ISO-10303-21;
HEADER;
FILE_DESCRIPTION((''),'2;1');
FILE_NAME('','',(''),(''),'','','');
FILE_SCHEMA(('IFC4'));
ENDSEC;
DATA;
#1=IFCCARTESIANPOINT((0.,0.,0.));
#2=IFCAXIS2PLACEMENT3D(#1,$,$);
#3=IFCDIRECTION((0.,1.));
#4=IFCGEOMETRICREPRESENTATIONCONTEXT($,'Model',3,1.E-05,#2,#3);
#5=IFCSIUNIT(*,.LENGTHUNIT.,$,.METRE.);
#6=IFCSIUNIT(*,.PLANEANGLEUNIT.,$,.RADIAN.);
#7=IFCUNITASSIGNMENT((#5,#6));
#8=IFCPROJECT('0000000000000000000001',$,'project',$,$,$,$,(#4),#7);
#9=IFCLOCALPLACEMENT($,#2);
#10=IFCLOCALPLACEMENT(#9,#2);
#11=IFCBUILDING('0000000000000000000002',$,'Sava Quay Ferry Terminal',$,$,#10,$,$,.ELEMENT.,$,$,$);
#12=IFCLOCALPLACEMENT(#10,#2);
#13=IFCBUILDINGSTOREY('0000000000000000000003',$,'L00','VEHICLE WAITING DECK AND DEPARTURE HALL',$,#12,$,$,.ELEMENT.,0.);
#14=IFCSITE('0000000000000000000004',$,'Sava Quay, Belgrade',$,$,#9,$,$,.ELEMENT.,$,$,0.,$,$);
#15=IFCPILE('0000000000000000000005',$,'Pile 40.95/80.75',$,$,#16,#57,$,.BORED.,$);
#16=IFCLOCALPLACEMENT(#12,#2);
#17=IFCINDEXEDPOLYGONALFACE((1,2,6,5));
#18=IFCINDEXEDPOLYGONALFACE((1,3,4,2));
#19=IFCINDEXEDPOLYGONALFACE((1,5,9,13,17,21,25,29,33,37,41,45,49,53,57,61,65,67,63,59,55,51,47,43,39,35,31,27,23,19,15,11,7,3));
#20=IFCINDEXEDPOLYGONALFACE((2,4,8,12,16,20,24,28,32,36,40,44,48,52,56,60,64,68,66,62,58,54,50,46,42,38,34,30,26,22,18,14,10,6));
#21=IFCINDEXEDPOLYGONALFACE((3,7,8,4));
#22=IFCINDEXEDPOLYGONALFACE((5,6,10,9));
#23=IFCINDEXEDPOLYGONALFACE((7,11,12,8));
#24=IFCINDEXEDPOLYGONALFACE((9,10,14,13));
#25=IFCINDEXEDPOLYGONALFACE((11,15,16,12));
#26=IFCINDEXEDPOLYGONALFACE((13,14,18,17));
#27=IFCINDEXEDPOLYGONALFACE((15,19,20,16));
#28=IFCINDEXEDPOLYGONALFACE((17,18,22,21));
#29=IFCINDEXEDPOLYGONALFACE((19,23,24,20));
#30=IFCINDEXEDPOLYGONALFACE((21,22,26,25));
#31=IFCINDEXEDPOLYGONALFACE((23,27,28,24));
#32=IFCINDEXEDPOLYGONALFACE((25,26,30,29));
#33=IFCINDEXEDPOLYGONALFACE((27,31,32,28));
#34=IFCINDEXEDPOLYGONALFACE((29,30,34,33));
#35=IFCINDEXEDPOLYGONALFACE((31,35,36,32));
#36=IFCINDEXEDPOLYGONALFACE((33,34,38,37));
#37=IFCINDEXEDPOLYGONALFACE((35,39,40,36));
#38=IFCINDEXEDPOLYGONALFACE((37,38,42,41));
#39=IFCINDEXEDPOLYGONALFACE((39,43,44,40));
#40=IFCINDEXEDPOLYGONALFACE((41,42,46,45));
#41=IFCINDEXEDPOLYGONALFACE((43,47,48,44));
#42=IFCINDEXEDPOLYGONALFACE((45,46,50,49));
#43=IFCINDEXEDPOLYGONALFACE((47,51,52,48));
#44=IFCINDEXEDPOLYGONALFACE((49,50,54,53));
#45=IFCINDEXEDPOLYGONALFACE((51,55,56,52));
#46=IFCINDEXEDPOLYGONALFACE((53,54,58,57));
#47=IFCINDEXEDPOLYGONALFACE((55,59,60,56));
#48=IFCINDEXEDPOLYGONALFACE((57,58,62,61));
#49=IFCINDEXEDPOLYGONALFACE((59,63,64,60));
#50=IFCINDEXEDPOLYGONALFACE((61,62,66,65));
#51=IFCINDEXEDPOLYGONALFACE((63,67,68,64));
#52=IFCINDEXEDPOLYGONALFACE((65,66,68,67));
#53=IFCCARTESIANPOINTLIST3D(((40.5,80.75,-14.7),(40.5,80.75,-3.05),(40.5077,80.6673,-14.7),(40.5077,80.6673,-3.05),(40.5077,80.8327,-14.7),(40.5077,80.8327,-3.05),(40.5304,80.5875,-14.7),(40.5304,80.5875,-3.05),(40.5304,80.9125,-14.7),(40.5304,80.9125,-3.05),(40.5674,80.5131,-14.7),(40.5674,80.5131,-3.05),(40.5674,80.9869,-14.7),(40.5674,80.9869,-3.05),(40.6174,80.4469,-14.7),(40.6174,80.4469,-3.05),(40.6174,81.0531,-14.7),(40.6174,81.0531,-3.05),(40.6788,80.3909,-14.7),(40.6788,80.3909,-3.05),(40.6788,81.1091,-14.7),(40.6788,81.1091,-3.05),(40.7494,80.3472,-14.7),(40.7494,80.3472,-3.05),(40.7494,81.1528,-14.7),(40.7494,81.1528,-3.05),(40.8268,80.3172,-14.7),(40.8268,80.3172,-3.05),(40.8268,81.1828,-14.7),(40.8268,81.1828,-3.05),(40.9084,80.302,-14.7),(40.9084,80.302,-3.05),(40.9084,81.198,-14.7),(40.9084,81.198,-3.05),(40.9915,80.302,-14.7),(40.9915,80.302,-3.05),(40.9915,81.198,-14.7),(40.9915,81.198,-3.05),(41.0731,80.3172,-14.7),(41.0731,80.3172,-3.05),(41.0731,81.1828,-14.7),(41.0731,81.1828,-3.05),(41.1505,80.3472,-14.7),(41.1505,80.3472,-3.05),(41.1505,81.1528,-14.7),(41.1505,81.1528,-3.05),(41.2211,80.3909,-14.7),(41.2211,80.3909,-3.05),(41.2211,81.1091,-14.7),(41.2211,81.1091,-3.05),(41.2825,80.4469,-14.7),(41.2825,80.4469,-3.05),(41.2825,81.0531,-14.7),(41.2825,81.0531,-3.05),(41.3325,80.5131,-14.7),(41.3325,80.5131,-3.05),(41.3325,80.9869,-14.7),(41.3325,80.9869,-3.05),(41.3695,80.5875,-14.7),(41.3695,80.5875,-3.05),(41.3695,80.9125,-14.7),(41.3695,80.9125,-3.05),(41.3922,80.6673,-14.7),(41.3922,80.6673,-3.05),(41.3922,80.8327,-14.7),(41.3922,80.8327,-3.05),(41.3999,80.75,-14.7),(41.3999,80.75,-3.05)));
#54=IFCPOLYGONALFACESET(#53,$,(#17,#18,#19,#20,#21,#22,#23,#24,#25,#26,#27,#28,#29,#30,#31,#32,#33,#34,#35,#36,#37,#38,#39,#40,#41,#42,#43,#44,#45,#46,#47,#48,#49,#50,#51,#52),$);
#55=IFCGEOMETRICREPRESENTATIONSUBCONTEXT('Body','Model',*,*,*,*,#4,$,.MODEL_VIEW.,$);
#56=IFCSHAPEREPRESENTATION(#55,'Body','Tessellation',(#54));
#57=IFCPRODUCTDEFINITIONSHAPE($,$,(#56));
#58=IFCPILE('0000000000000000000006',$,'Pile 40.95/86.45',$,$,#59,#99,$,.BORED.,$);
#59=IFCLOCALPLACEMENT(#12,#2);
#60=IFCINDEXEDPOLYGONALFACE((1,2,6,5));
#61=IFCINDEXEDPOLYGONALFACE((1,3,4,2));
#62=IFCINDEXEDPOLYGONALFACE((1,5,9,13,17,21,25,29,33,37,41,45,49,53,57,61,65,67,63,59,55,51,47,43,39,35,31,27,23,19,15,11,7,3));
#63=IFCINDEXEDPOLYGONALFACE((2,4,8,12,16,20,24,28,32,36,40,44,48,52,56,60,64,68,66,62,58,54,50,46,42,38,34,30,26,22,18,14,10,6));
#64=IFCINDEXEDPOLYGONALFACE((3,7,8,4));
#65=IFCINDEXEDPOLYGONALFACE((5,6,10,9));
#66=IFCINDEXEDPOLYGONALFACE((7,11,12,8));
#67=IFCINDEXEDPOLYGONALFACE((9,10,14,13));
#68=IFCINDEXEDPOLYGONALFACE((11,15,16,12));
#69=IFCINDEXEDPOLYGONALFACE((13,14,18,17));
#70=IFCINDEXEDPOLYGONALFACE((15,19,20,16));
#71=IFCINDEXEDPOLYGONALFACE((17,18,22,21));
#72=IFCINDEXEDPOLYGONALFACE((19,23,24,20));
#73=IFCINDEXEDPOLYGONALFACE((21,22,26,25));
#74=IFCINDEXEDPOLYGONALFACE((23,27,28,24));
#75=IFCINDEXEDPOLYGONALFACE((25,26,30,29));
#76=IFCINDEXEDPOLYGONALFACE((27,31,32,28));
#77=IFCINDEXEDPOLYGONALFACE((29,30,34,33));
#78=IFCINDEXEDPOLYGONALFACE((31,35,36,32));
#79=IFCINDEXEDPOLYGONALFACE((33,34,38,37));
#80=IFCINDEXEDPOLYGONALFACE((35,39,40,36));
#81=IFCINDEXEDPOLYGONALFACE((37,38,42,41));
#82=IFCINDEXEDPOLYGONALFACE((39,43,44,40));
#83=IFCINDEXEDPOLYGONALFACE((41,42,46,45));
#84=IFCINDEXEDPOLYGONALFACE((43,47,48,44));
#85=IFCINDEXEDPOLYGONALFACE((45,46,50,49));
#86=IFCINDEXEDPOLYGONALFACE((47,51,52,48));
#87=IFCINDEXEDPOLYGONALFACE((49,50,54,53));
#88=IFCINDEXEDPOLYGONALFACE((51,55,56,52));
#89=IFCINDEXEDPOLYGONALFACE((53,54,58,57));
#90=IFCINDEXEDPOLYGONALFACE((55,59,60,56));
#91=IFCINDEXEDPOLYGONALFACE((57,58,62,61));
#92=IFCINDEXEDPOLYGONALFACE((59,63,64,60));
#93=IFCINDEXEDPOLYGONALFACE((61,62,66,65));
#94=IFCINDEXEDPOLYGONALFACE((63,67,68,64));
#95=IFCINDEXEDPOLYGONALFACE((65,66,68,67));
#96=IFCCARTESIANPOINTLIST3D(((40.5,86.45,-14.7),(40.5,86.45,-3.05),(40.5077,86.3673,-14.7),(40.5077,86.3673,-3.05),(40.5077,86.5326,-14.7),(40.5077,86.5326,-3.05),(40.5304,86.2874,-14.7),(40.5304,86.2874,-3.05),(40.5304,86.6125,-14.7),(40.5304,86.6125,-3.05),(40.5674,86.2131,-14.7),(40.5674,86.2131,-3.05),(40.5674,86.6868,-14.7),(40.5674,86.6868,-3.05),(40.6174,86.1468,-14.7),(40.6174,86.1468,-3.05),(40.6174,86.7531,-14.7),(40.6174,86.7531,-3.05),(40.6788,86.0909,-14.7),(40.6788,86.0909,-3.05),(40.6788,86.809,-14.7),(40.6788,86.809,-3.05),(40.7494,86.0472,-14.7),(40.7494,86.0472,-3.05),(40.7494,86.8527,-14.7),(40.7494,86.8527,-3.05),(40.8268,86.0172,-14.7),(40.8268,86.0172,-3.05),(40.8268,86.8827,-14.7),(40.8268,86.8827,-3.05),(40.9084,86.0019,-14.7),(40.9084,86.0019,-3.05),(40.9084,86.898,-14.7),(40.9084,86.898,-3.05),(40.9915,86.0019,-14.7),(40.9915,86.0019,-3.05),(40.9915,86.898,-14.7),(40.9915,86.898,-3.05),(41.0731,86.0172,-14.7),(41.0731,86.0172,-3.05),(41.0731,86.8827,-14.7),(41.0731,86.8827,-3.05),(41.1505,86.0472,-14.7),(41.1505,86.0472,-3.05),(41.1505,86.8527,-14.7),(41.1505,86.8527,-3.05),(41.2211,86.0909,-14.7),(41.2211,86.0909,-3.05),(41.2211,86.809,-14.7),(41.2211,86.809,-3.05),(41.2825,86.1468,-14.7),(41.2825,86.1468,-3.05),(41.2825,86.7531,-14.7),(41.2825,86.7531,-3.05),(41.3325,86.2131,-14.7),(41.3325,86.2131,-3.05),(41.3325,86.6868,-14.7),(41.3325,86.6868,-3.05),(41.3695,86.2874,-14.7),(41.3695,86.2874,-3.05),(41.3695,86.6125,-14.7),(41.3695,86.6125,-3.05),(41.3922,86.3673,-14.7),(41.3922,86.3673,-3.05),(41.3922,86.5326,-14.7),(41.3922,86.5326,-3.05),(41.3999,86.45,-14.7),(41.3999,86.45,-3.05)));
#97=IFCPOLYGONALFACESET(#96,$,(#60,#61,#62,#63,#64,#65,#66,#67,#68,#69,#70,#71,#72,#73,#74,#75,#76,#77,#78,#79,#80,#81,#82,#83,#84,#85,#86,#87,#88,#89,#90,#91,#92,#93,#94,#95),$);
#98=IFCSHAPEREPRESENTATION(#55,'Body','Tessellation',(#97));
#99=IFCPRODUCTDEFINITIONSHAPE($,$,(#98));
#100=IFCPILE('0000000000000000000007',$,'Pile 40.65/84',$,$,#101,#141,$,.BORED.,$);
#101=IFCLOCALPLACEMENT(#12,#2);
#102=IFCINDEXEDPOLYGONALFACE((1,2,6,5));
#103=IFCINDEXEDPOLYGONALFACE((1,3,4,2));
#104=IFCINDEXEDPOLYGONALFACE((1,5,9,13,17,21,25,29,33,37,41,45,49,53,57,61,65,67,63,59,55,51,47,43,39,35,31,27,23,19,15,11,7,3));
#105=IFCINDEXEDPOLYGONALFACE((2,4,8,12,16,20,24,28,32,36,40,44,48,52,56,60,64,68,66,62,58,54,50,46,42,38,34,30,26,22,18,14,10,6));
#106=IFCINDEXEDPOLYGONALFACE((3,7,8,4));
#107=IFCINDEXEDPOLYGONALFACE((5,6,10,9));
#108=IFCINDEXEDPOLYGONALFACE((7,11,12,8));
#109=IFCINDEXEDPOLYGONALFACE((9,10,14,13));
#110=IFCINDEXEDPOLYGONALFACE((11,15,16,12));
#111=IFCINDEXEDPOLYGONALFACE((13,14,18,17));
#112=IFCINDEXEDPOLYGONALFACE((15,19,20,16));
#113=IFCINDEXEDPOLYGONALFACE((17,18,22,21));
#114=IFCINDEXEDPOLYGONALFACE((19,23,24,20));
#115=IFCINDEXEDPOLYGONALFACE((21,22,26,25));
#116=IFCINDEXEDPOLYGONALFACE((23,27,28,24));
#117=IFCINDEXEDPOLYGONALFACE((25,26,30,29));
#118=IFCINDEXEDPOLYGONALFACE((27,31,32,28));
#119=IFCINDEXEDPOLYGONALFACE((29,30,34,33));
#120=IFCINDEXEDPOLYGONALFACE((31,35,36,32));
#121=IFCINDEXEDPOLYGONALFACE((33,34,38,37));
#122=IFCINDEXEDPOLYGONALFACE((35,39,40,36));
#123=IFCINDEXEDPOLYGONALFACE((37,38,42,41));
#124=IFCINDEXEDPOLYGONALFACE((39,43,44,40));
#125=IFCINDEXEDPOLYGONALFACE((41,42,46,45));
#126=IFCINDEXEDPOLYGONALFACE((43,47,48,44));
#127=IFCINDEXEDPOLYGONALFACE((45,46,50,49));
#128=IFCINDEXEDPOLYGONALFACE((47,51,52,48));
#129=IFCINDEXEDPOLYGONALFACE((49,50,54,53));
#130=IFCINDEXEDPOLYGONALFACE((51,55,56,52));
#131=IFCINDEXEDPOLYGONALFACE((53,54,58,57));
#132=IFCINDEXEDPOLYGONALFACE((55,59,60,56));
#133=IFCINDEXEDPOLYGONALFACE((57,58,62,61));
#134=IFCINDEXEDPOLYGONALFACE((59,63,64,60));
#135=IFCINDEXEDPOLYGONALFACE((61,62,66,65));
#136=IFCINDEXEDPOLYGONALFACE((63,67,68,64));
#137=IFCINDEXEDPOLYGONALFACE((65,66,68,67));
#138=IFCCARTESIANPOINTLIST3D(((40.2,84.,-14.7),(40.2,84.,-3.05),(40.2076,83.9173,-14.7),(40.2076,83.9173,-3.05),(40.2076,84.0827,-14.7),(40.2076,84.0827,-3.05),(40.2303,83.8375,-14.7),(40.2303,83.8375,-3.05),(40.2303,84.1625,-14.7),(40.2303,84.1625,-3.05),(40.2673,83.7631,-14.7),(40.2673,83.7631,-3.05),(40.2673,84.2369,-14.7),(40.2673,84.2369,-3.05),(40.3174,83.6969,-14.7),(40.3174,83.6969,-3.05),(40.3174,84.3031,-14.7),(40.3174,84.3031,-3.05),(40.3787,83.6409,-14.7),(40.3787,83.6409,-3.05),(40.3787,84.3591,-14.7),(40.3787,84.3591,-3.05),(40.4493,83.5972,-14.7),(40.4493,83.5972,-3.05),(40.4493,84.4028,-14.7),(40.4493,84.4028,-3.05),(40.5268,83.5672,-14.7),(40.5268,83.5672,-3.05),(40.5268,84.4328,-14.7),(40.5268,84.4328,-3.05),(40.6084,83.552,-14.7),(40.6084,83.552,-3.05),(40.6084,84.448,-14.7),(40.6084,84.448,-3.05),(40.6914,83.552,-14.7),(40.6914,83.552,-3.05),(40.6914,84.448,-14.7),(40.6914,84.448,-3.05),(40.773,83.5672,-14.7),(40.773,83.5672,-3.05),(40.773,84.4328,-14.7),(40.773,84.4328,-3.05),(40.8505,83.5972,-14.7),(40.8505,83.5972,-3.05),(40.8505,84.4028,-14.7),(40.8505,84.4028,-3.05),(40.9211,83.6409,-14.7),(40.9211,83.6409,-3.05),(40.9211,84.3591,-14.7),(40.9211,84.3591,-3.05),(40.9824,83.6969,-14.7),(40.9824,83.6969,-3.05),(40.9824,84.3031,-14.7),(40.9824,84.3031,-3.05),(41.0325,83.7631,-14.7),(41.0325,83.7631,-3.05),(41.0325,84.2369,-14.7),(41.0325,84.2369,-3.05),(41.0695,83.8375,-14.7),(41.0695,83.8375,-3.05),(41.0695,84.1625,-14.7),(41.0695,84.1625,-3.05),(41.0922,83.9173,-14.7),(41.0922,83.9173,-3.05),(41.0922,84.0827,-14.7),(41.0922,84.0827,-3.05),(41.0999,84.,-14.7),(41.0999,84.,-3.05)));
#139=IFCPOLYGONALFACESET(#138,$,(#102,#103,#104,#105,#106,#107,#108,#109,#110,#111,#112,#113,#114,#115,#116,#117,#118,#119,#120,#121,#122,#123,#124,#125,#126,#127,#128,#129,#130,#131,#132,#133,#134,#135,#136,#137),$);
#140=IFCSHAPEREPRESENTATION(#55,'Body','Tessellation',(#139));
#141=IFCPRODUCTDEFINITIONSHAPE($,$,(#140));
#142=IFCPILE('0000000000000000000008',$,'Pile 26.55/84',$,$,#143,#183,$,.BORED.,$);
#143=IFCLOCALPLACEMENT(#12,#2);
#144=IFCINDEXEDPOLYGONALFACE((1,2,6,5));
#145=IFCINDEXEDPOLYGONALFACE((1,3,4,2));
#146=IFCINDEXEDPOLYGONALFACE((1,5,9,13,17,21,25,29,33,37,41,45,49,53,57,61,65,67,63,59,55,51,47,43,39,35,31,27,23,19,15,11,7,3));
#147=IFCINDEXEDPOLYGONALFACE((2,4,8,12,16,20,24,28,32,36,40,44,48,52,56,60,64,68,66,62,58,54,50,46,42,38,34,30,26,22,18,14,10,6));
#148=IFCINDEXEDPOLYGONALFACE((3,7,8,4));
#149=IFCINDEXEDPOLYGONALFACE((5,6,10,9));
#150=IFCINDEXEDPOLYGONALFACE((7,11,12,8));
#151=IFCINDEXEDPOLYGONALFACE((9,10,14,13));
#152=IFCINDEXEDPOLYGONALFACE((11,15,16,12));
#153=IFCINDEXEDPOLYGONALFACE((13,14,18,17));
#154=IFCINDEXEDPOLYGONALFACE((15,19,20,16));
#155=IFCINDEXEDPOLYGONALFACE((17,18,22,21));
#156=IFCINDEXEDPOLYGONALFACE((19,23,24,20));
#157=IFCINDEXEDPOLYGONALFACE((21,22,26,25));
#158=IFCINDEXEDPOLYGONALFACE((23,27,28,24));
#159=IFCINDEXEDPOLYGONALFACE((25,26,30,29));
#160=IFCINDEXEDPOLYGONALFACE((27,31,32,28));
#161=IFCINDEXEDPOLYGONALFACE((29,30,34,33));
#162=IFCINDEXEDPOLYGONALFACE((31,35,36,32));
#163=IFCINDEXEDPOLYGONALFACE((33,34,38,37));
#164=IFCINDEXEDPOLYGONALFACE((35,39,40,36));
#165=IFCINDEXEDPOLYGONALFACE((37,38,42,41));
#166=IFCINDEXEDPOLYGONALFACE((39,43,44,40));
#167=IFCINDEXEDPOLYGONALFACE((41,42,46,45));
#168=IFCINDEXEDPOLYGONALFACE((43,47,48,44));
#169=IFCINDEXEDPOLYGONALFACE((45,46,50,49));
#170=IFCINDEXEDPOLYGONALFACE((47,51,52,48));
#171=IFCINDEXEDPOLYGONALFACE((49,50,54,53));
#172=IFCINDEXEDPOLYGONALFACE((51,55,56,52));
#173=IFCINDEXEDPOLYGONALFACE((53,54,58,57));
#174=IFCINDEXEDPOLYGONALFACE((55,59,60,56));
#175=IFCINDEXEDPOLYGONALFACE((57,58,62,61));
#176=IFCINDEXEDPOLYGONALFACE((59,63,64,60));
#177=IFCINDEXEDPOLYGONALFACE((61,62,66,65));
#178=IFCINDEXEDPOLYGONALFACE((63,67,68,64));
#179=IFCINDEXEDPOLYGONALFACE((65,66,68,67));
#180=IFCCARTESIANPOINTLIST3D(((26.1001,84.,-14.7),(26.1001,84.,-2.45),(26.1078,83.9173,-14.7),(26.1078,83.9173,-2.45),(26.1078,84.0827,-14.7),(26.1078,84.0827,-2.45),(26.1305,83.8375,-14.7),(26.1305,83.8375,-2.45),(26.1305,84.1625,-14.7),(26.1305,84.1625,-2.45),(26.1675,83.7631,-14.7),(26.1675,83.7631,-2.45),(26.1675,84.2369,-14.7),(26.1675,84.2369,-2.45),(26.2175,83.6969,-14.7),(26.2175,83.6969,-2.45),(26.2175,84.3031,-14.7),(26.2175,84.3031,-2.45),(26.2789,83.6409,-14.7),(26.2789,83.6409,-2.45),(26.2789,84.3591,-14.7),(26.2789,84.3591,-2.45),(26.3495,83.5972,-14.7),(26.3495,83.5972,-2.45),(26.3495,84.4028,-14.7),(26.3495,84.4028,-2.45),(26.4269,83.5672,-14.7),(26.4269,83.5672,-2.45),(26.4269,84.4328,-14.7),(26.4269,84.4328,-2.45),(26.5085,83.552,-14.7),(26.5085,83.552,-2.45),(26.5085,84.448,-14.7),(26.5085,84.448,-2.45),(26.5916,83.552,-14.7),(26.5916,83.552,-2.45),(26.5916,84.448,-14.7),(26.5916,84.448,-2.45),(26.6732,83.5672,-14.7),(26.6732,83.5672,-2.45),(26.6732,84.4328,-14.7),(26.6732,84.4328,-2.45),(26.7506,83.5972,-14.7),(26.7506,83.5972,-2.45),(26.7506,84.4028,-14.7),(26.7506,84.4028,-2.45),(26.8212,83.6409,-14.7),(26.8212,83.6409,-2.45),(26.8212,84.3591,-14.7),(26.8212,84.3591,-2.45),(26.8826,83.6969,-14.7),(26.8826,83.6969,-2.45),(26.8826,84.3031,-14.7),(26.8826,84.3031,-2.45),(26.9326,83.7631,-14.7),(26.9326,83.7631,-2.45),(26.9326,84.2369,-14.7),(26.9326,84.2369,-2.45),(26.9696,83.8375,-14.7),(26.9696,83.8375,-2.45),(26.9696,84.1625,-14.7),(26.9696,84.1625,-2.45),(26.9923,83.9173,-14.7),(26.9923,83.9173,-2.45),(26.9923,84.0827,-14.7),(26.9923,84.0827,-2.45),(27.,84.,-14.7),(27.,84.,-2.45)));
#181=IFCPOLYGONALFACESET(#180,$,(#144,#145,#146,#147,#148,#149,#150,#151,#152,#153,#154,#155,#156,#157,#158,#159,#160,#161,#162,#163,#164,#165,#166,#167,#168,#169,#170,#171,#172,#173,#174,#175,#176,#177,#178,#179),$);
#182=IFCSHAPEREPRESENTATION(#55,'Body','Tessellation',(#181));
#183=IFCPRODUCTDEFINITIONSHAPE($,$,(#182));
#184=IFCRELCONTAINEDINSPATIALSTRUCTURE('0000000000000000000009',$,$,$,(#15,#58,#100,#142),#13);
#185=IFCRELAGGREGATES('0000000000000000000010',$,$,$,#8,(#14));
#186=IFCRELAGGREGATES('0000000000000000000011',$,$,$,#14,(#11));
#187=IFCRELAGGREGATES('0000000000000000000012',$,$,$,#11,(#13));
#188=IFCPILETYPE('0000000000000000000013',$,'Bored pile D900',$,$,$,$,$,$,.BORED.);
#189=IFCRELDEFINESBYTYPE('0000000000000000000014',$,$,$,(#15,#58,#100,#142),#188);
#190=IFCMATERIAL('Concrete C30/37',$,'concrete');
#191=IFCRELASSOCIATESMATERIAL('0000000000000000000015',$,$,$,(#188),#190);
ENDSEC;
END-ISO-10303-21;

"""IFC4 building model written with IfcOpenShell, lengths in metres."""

from ifc_helpers import new_model, si_unit, direction, frame, origin, origin_2d, place, context, subcontext, project, spatial, circle, extrude, material, material_profile, profile_set, type_object, element, save


model = new_model("IFC4")

# Units and contexts
model_context = context("Model", 3, precision=1e-05, world=origin(), true_north=direction((0.0, 1.0)))
body_context = subcontext(model_context, "Body", "Model", "MODEL_VIEW")
ifc_project = project(units=[si_unit("LENGTHUNIT", "METRE"), si_unit("PLANEANGLEUNIT", "RADIAN")], contexts=[model_context])

# Site, building, storey
site_placement = place(None, origin())
site = spatial("IfcSite", under=ifc_project, at=site_placement, Name="Sava Quay, Belgrade", CompositionType="ELEMENT", RefElevation=0.0)
building_placement = place(site_placement, origin())
building = spatial("IfcBuilding", under=site, at=building_placement, Name="Sava Quay Ferry Terminal", CompositionType="ELEMENT")
storey_placement = place(building_placement, origin())
storey = spatial("IfcBuildingStorey", under=building, at=storey_placement, Name="L00", Description="VEHICLE WAITING DECK AND DEPARTURE HALL", CompositionType="ELEMENT", Elevation=0.0)

# Piles
ifc_material_1 = material(Name="Concrete C30/37", Category="concrete")
ifc_material_profile_1 = material_profile(ifc_material_1, circle(Radius=0.45, at=origin_2d()), Name="Bored pile D900")
ifc_profile_set_1 = profile_set([ifc_material_profile_1], Name="Concrete C30/37")
pile_type = type_object("IfcPileType", Name="Bored pile D900", PredefinedType="BORED", material=ifc_profile_set_1)
for number, where, z_axis, x_axis, name in (
    (1, (40.95, 80.75, -3.05), (0.0, 0.0, -1.0), (1.0, 0.0, 0.0), "Pile 40.95/80.75"),
    (2, (40.95, 86.45, -3.05), (0.0, 0.0, -1.0), (1.0, 0.0, 0.0), "Pile 40.95/86.45"),
    (3, (40.6499, 84.0, -3.05), (0.0, 0.0, -1.0), (1.0, 0.0, 0.0), "Pile 40.65/84"),
):
    element("IfcPile", number, at=place(storey_placement, frame(where, z_axis=z_axis, x_axis=x_axis)), inside=storey, type_object=pile_type, Name=name, PredefinedType="BORED", context=body_context, shape_type="SweptSolid", body=[
        extrude(circle(Radius=0.45, at=origin_2d()), origin(), (0.0, 0.0, 1.0), 11.6499),
    ])
for number, where, z_axis, x_axis, name in (
    (4, (26.55, 84.0, -2.45), (0.0, 0.0, -1.0), (1.0, 0.0, 0.0), "Pile 26.55/84"),
):
    element("IfcPile", number, at=place(storey_placement, frame(where, z_axis=z_axis, x_axis=x_axis)), inside=storey, type_object=pile_type, Name=name, PredefinedType="BORED", context=body_context, shape_type="SweptSolid", body=[
        extrude(circle(Radius=0.45, at=origin_2d()), origin(), (0.0, 0.0, 1.0), 12.25),
    ])

save(model, "model.ifc")
